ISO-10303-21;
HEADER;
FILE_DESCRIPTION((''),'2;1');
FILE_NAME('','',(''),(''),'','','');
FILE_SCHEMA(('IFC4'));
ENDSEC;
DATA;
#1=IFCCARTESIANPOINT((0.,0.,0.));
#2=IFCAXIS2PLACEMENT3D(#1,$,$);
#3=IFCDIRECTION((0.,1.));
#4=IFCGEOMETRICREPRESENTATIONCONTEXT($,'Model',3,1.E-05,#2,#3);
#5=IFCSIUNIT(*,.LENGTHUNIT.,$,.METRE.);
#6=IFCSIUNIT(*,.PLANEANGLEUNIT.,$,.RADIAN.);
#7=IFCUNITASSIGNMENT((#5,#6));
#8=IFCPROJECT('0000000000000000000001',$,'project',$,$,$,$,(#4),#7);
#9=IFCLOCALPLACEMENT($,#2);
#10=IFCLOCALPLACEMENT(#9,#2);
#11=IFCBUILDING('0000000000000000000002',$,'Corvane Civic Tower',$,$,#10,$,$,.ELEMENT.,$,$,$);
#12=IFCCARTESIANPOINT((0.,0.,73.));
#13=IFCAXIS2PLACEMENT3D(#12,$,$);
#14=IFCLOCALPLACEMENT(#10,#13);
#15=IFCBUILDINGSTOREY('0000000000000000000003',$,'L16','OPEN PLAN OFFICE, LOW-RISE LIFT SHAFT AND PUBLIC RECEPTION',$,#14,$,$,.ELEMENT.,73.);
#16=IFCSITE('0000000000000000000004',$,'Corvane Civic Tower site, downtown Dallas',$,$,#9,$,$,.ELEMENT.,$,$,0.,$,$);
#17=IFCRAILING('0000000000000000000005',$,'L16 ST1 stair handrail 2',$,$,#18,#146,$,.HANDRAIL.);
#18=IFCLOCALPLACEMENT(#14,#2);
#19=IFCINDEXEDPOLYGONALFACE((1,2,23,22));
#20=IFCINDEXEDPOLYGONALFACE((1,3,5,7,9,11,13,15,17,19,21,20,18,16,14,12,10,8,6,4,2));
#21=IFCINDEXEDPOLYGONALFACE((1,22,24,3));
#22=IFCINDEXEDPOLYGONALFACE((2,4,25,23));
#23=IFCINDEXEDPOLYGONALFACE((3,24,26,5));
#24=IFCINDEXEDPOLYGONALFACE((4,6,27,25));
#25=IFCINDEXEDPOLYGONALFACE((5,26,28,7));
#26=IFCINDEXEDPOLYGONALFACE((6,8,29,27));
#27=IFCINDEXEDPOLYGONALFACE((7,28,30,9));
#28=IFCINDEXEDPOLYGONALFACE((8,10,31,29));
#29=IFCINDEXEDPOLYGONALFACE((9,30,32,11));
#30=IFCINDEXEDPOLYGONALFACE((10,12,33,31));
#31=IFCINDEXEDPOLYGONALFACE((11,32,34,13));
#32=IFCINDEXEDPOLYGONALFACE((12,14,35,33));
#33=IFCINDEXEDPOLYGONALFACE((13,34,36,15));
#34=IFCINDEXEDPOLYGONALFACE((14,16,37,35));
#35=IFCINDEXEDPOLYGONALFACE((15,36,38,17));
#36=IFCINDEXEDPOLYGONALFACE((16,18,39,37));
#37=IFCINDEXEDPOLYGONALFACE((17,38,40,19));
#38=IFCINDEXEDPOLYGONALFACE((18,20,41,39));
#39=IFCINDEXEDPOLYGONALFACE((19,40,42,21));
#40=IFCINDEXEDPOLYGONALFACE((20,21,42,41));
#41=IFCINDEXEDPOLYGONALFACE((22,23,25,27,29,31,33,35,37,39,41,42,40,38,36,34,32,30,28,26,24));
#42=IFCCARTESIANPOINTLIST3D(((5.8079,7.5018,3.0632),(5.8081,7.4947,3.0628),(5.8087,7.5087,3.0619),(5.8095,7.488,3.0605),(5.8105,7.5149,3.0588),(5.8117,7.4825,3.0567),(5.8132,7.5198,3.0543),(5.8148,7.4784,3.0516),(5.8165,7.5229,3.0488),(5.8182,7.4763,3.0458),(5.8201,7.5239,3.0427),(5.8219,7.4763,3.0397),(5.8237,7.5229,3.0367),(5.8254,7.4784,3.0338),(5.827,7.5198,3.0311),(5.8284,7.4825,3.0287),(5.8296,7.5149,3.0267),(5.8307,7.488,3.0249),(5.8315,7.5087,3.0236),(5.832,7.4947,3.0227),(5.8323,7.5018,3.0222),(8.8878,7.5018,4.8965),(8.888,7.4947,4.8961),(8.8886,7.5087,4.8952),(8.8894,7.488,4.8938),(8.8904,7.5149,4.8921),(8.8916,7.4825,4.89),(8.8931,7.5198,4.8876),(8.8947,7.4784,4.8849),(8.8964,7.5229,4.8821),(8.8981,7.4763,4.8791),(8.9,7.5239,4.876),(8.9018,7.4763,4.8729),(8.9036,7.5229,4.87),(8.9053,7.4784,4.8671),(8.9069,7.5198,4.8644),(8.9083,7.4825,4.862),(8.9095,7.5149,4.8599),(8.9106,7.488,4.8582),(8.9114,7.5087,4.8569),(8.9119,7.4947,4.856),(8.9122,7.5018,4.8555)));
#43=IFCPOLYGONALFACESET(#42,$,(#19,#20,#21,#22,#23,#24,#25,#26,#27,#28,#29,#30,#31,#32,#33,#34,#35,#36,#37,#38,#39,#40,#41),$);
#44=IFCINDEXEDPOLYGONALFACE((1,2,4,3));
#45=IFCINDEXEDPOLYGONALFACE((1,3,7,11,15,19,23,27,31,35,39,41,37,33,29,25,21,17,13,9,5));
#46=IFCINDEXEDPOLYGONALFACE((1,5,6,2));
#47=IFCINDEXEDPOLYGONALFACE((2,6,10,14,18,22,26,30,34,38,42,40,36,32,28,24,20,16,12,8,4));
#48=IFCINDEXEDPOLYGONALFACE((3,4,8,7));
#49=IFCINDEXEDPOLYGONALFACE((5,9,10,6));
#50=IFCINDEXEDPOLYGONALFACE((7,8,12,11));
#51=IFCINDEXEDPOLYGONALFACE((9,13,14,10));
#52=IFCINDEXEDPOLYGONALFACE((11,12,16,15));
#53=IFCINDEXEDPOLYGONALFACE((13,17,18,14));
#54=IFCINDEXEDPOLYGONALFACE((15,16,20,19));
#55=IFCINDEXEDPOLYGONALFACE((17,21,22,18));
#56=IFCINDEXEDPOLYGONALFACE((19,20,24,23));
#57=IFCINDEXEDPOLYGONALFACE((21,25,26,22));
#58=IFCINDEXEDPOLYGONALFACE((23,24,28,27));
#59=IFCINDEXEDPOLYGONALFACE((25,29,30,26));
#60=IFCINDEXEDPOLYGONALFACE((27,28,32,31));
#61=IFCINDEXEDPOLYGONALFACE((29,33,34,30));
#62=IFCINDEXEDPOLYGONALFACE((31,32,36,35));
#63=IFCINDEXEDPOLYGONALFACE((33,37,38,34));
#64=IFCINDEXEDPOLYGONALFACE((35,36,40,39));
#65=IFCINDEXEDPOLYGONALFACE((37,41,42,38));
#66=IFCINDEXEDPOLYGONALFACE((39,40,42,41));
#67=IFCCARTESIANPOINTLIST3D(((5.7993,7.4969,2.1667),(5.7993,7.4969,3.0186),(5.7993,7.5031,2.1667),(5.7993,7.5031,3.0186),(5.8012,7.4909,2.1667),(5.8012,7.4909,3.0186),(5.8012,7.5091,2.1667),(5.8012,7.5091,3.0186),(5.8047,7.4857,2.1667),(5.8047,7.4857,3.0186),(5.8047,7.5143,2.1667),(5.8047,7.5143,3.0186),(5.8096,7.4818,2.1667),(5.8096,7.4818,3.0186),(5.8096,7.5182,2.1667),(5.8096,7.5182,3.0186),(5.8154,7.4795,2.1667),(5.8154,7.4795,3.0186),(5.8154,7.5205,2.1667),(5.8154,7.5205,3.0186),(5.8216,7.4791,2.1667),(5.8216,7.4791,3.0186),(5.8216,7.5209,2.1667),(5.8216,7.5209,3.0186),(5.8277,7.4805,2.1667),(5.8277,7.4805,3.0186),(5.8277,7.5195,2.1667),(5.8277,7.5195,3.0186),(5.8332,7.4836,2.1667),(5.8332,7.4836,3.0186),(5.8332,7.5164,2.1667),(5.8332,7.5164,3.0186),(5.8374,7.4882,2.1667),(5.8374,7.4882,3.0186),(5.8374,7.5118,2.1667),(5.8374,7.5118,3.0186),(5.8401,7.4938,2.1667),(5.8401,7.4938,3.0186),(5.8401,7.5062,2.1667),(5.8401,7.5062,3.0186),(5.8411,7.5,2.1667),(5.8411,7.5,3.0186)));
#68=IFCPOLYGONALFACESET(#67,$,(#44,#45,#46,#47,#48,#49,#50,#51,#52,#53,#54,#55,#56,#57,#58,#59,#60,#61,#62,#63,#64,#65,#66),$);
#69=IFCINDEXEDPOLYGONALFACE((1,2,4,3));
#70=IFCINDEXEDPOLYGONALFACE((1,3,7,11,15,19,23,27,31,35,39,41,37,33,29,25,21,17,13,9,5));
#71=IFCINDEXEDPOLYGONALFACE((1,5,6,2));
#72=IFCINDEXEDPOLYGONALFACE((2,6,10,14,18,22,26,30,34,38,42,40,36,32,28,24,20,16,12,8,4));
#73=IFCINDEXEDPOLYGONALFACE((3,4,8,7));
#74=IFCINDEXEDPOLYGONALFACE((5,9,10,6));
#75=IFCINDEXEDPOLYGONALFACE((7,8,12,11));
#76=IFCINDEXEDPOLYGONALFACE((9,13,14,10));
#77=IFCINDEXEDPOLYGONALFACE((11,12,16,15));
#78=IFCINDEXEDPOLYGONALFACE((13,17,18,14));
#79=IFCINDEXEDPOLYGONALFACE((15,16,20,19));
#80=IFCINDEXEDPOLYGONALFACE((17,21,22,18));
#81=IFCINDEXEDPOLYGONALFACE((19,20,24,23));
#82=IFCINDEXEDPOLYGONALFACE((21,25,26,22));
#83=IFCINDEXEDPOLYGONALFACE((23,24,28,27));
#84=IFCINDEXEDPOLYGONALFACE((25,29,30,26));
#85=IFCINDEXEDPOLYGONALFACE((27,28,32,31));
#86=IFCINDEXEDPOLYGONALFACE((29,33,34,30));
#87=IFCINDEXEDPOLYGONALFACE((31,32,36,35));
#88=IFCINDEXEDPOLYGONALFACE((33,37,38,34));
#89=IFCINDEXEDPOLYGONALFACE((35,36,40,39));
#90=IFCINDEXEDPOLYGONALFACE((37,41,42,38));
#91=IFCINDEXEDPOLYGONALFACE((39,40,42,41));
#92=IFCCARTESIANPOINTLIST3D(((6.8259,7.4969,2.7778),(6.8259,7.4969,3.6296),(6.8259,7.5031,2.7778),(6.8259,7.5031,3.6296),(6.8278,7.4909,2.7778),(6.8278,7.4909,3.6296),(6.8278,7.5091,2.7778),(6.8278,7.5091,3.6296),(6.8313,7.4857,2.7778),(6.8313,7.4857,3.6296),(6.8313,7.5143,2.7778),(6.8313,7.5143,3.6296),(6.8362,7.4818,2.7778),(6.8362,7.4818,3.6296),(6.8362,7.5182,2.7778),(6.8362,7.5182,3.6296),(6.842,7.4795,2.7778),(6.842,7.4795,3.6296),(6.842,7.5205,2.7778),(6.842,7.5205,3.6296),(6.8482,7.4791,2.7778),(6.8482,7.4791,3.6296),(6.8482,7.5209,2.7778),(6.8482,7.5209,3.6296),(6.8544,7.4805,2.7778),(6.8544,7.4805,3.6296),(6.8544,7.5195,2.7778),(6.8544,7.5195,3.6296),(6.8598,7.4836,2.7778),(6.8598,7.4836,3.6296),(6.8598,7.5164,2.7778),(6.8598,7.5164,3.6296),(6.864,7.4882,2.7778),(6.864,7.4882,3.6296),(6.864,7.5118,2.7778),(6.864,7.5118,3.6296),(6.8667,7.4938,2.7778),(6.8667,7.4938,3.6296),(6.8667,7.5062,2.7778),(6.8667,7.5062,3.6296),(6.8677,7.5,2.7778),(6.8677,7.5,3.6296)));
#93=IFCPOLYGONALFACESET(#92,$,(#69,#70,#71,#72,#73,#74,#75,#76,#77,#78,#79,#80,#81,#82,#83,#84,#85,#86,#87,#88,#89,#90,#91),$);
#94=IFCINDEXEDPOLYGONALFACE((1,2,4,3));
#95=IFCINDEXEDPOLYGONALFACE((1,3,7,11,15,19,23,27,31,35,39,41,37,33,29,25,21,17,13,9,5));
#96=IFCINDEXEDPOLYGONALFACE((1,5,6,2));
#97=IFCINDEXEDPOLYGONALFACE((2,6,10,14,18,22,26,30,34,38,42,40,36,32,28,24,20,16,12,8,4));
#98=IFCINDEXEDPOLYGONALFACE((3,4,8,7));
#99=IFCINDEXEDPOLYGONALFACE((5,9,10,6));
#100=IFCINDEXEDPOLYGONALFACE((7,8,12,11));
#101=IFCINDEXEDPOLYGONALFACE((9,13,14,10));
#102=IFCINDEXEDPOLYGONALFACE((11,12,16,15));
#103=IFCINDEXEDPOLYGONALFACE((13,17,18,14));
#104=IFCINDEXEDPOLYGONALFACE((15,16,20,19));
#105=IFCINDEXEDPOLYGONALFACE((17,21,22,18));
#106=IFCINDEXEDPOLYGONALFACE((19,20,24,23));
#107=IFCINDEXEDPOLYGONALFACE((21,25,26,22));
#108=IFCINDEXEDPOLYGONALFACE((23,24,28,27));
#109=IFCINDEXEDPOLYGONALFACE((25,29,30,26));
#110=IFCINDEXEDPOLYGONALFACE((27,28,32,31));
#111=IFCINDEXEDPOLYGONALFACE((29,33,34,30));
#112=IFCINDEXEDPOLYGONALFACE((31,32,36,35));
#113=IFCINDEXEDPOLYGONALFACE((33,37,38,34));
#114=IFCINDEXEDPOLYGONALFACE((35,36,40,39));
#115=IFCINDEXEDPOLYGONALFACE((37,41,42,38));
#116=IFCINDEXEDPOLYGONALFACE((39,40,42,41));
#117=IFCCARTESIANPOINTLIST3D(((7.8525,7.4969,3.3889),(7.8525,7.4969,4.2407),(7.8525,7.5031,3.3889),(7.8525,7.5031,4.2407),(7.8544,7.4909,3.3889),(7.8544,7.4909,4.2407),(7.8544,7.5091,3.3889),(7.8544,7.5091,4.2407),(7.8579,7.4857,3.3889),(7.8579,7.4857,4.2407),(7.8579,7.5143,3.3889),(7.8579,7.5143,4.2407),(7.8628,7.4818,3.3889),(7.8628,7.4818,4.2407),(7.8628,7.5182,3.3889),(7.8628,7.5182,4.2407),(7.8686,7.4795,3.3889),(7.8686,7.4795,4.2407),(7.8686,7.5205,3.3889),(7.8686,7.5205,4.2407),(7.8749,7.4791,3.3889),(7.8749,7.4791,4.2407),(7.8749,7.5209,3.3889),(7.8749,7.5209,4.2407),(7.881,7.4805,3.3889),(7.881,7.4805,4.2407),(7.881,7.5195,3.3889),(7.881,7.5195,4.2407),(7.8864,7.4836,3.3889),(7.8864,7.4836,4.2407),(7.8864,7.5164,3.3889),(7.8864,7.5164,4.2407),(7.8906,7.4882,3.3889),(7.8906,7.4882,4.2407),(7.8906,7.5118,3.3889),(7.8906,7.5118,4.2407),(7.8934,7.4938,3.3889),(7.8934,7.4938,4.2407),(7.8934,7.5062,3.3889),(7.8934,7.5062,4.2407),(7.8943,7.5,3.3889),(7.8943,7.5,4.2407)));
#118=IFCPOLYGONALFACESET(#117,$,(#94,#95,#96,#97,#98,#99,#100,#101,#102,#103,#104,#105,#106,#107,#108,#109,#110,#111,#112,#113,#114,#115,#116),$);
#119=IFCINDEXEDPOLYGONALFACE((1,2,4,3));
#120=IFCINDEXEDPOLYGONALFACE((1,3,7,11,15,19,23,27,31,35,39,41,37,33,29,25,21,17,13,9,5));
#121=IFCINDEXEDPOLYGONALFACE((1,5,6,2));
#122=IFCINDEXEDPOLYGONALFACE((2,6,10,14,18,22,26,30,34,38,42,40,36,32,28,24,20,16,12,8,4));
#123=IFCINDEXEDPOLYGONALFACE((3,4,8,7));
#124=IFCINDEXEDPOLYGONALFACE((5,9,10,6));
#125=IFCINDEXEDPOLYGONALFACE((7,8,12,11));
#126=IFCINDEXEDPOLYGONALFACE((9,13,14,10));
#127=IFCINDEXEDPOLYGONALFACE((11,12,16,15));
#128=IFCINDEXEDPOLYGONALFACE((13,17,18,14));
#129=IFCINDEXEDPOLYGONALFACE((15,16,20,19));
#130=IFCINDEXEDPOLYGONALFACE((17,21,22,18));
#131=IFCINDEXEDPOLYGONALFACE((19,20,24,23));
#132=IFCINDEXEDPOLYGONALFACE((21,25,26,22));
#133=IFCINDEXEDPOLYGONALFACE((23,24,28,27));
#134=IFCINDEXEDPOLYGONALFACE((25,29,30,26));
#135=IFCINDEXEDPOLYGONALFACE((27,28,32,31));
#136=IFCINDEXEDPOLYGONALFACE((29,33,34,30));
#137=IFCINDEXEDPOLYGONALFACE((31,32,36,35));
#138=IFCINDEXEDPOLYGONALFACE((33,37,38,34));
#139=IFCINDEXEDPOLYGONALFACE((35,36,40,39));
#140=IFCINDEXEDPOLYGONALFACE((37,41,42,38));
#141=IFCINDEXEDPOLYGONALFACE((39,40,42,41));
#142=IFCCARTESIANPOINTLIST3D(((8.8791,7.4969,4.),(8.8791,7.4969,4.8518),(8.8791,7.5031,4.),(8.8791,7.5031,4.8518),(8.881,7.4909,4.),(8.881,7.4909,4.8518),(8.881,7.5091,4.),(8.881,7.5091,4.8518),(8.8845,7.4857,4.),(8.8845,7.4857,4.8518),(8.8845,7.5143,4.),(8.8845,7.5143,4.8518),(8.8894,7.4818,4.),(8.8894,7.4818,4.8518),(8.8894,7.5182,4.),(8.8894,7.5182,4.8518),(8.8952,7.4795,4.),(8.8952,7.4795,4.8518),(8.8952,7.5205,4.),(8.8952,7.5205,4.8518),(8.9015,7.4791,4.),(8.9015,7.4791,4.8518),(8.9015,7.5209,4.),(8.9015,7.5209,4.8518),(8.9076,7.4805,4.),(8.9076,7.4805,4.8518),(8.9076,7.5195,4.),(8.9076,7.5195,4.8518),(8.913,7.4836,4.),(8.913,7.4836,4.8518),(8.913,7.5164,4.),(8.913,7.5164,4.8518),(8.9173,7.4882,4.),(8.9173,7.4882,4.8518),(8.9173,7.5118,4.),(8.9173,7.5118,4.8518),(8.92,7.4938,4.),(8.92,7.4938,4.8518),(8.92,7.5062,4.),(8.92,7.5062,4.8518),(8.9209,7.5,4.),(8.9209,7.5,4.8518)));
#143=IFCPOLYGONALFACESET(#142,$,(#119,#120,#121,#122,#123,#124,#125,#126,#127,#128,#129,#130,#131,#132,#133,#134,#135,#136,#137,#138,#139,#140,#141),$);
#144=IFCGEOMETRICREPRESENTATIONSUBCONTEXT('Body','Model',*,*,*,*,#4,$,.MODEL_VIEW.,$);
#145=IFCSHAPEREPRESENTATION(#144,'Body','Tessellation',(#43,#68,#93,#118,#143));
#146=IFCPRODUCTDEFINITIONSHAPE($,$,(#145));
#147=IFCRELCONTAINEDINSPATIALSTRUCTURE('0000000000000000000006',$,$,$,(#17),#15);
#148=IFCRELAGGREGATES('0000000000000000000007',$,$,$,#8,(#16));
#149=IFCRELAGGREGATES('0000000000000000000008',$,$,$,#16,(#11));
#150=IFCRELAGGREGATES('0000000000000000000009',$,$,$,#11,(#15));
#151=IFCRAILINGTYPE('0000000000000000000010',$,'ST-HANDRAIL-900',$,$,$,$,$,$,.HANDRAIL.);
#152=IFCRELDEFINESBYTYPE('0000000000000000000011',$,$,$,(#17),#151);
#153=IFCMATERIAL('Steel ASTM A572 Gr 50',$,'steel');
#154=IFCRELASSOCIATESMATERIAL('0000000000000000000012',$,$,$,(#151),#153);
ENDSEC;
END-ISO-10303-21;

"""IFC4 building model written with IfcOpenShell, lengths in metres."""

from ifc_helpers import new_model, si_unit, direction, frame, origin, origin_2d, place, context, subcontext, project, spatial, circle, extrude, material, type_object, element, save


model = new_model("IFC4")

# Units and contexts
model_context = context("Model", 3, precision=1e-05, world=origin(), true_north=direction((0.0, 1.0)))
body_context = subcontext(model_context, "Body", "Model", "MODEL_VIEW")
ifc_project = project(units=[si_unit("LENGTHUNIT", "METRE"), si_unit("PLANEANGLEUNIT", "RADIAN")], contexts=[model_context])

# Site, building, storey
site_placement = place(None, origin())
site = spatial("IfcSite", under=ifc_project, at=site_placement, Name="Corvane Civic Tower site, downtown Dallas", CompositionType="ELEMENT", RefElevation=0.0)
building_placement = place(site_placement, origin())
building = spatial("IfcBuilding", under=site, at=building_placement, Name="Corvane Civic Tower", CompositionType="ELEMENT")
storey_placement = place(building_placement, frame((0.0, 0.0, 73.0)))
storey = spatial("IfcBuildingStorey", under=building, at=storey_placement, Name="L16", Description="OPEN PLAN OFFICE, LOW-RISE LIFT SHAFT AND PUBLIC RECEPTION", CompositionType="ELEMENT", Elevation=73.0)

# Railing
ifc_material_1 = material(Name="Steel ASTM A572 Gr 50", Category="steel")
railing_type_1 = type_object("IfcRailingType", Name="ST-HANDRAIL-900", PredefinedType="HANDRAIL", material=ifc_material_1)
railing_1_placement = place(storey_placement, frame((5.8201, 7.5, 2.1667)))
element("IfcRailing", 1, at=railing_1_placement, inside=storey, type_object=railing_type_1, Name="L16 ST1 stair handrail 2", PredefinedType="HANDRAIL", context=body_context, shape_type="SweptSolid", body=[
    extrude(circle(Radius=0.0239, at=origin_2d()), frame((0.0, 0.0, 0.876), z_axis=(0.859291, 0.0, 0.511487), x_axis=(0.0, 1.0, 0.0)), (0.0, 0.0, 1.0), 3.5842),
    extrude(circle(Radius=0.021, at=origin_2d()), origin(), (0.0, 0.0, 1.0), 0.8518),
    extrude(circle(Radius=0.021, at=origin_2d()), frame((1.0266, 0.0, 0.6111)), (0.0, 0.0, 1.0), 0.8518),
    extrude(circle(Radius=0.021, at=origin_2d()), frame((2.0532, 0.0, 1.2222)), (0.0, 0.0, 1.0), 0.8518),
    extrude(circle(Radius=0.021, at=origin_2d()), frame((3.0798, 0.0, 1.8333)), (0.0, 0.0, 1.0), 0.8518),
])

save(model, "model.ifc")
